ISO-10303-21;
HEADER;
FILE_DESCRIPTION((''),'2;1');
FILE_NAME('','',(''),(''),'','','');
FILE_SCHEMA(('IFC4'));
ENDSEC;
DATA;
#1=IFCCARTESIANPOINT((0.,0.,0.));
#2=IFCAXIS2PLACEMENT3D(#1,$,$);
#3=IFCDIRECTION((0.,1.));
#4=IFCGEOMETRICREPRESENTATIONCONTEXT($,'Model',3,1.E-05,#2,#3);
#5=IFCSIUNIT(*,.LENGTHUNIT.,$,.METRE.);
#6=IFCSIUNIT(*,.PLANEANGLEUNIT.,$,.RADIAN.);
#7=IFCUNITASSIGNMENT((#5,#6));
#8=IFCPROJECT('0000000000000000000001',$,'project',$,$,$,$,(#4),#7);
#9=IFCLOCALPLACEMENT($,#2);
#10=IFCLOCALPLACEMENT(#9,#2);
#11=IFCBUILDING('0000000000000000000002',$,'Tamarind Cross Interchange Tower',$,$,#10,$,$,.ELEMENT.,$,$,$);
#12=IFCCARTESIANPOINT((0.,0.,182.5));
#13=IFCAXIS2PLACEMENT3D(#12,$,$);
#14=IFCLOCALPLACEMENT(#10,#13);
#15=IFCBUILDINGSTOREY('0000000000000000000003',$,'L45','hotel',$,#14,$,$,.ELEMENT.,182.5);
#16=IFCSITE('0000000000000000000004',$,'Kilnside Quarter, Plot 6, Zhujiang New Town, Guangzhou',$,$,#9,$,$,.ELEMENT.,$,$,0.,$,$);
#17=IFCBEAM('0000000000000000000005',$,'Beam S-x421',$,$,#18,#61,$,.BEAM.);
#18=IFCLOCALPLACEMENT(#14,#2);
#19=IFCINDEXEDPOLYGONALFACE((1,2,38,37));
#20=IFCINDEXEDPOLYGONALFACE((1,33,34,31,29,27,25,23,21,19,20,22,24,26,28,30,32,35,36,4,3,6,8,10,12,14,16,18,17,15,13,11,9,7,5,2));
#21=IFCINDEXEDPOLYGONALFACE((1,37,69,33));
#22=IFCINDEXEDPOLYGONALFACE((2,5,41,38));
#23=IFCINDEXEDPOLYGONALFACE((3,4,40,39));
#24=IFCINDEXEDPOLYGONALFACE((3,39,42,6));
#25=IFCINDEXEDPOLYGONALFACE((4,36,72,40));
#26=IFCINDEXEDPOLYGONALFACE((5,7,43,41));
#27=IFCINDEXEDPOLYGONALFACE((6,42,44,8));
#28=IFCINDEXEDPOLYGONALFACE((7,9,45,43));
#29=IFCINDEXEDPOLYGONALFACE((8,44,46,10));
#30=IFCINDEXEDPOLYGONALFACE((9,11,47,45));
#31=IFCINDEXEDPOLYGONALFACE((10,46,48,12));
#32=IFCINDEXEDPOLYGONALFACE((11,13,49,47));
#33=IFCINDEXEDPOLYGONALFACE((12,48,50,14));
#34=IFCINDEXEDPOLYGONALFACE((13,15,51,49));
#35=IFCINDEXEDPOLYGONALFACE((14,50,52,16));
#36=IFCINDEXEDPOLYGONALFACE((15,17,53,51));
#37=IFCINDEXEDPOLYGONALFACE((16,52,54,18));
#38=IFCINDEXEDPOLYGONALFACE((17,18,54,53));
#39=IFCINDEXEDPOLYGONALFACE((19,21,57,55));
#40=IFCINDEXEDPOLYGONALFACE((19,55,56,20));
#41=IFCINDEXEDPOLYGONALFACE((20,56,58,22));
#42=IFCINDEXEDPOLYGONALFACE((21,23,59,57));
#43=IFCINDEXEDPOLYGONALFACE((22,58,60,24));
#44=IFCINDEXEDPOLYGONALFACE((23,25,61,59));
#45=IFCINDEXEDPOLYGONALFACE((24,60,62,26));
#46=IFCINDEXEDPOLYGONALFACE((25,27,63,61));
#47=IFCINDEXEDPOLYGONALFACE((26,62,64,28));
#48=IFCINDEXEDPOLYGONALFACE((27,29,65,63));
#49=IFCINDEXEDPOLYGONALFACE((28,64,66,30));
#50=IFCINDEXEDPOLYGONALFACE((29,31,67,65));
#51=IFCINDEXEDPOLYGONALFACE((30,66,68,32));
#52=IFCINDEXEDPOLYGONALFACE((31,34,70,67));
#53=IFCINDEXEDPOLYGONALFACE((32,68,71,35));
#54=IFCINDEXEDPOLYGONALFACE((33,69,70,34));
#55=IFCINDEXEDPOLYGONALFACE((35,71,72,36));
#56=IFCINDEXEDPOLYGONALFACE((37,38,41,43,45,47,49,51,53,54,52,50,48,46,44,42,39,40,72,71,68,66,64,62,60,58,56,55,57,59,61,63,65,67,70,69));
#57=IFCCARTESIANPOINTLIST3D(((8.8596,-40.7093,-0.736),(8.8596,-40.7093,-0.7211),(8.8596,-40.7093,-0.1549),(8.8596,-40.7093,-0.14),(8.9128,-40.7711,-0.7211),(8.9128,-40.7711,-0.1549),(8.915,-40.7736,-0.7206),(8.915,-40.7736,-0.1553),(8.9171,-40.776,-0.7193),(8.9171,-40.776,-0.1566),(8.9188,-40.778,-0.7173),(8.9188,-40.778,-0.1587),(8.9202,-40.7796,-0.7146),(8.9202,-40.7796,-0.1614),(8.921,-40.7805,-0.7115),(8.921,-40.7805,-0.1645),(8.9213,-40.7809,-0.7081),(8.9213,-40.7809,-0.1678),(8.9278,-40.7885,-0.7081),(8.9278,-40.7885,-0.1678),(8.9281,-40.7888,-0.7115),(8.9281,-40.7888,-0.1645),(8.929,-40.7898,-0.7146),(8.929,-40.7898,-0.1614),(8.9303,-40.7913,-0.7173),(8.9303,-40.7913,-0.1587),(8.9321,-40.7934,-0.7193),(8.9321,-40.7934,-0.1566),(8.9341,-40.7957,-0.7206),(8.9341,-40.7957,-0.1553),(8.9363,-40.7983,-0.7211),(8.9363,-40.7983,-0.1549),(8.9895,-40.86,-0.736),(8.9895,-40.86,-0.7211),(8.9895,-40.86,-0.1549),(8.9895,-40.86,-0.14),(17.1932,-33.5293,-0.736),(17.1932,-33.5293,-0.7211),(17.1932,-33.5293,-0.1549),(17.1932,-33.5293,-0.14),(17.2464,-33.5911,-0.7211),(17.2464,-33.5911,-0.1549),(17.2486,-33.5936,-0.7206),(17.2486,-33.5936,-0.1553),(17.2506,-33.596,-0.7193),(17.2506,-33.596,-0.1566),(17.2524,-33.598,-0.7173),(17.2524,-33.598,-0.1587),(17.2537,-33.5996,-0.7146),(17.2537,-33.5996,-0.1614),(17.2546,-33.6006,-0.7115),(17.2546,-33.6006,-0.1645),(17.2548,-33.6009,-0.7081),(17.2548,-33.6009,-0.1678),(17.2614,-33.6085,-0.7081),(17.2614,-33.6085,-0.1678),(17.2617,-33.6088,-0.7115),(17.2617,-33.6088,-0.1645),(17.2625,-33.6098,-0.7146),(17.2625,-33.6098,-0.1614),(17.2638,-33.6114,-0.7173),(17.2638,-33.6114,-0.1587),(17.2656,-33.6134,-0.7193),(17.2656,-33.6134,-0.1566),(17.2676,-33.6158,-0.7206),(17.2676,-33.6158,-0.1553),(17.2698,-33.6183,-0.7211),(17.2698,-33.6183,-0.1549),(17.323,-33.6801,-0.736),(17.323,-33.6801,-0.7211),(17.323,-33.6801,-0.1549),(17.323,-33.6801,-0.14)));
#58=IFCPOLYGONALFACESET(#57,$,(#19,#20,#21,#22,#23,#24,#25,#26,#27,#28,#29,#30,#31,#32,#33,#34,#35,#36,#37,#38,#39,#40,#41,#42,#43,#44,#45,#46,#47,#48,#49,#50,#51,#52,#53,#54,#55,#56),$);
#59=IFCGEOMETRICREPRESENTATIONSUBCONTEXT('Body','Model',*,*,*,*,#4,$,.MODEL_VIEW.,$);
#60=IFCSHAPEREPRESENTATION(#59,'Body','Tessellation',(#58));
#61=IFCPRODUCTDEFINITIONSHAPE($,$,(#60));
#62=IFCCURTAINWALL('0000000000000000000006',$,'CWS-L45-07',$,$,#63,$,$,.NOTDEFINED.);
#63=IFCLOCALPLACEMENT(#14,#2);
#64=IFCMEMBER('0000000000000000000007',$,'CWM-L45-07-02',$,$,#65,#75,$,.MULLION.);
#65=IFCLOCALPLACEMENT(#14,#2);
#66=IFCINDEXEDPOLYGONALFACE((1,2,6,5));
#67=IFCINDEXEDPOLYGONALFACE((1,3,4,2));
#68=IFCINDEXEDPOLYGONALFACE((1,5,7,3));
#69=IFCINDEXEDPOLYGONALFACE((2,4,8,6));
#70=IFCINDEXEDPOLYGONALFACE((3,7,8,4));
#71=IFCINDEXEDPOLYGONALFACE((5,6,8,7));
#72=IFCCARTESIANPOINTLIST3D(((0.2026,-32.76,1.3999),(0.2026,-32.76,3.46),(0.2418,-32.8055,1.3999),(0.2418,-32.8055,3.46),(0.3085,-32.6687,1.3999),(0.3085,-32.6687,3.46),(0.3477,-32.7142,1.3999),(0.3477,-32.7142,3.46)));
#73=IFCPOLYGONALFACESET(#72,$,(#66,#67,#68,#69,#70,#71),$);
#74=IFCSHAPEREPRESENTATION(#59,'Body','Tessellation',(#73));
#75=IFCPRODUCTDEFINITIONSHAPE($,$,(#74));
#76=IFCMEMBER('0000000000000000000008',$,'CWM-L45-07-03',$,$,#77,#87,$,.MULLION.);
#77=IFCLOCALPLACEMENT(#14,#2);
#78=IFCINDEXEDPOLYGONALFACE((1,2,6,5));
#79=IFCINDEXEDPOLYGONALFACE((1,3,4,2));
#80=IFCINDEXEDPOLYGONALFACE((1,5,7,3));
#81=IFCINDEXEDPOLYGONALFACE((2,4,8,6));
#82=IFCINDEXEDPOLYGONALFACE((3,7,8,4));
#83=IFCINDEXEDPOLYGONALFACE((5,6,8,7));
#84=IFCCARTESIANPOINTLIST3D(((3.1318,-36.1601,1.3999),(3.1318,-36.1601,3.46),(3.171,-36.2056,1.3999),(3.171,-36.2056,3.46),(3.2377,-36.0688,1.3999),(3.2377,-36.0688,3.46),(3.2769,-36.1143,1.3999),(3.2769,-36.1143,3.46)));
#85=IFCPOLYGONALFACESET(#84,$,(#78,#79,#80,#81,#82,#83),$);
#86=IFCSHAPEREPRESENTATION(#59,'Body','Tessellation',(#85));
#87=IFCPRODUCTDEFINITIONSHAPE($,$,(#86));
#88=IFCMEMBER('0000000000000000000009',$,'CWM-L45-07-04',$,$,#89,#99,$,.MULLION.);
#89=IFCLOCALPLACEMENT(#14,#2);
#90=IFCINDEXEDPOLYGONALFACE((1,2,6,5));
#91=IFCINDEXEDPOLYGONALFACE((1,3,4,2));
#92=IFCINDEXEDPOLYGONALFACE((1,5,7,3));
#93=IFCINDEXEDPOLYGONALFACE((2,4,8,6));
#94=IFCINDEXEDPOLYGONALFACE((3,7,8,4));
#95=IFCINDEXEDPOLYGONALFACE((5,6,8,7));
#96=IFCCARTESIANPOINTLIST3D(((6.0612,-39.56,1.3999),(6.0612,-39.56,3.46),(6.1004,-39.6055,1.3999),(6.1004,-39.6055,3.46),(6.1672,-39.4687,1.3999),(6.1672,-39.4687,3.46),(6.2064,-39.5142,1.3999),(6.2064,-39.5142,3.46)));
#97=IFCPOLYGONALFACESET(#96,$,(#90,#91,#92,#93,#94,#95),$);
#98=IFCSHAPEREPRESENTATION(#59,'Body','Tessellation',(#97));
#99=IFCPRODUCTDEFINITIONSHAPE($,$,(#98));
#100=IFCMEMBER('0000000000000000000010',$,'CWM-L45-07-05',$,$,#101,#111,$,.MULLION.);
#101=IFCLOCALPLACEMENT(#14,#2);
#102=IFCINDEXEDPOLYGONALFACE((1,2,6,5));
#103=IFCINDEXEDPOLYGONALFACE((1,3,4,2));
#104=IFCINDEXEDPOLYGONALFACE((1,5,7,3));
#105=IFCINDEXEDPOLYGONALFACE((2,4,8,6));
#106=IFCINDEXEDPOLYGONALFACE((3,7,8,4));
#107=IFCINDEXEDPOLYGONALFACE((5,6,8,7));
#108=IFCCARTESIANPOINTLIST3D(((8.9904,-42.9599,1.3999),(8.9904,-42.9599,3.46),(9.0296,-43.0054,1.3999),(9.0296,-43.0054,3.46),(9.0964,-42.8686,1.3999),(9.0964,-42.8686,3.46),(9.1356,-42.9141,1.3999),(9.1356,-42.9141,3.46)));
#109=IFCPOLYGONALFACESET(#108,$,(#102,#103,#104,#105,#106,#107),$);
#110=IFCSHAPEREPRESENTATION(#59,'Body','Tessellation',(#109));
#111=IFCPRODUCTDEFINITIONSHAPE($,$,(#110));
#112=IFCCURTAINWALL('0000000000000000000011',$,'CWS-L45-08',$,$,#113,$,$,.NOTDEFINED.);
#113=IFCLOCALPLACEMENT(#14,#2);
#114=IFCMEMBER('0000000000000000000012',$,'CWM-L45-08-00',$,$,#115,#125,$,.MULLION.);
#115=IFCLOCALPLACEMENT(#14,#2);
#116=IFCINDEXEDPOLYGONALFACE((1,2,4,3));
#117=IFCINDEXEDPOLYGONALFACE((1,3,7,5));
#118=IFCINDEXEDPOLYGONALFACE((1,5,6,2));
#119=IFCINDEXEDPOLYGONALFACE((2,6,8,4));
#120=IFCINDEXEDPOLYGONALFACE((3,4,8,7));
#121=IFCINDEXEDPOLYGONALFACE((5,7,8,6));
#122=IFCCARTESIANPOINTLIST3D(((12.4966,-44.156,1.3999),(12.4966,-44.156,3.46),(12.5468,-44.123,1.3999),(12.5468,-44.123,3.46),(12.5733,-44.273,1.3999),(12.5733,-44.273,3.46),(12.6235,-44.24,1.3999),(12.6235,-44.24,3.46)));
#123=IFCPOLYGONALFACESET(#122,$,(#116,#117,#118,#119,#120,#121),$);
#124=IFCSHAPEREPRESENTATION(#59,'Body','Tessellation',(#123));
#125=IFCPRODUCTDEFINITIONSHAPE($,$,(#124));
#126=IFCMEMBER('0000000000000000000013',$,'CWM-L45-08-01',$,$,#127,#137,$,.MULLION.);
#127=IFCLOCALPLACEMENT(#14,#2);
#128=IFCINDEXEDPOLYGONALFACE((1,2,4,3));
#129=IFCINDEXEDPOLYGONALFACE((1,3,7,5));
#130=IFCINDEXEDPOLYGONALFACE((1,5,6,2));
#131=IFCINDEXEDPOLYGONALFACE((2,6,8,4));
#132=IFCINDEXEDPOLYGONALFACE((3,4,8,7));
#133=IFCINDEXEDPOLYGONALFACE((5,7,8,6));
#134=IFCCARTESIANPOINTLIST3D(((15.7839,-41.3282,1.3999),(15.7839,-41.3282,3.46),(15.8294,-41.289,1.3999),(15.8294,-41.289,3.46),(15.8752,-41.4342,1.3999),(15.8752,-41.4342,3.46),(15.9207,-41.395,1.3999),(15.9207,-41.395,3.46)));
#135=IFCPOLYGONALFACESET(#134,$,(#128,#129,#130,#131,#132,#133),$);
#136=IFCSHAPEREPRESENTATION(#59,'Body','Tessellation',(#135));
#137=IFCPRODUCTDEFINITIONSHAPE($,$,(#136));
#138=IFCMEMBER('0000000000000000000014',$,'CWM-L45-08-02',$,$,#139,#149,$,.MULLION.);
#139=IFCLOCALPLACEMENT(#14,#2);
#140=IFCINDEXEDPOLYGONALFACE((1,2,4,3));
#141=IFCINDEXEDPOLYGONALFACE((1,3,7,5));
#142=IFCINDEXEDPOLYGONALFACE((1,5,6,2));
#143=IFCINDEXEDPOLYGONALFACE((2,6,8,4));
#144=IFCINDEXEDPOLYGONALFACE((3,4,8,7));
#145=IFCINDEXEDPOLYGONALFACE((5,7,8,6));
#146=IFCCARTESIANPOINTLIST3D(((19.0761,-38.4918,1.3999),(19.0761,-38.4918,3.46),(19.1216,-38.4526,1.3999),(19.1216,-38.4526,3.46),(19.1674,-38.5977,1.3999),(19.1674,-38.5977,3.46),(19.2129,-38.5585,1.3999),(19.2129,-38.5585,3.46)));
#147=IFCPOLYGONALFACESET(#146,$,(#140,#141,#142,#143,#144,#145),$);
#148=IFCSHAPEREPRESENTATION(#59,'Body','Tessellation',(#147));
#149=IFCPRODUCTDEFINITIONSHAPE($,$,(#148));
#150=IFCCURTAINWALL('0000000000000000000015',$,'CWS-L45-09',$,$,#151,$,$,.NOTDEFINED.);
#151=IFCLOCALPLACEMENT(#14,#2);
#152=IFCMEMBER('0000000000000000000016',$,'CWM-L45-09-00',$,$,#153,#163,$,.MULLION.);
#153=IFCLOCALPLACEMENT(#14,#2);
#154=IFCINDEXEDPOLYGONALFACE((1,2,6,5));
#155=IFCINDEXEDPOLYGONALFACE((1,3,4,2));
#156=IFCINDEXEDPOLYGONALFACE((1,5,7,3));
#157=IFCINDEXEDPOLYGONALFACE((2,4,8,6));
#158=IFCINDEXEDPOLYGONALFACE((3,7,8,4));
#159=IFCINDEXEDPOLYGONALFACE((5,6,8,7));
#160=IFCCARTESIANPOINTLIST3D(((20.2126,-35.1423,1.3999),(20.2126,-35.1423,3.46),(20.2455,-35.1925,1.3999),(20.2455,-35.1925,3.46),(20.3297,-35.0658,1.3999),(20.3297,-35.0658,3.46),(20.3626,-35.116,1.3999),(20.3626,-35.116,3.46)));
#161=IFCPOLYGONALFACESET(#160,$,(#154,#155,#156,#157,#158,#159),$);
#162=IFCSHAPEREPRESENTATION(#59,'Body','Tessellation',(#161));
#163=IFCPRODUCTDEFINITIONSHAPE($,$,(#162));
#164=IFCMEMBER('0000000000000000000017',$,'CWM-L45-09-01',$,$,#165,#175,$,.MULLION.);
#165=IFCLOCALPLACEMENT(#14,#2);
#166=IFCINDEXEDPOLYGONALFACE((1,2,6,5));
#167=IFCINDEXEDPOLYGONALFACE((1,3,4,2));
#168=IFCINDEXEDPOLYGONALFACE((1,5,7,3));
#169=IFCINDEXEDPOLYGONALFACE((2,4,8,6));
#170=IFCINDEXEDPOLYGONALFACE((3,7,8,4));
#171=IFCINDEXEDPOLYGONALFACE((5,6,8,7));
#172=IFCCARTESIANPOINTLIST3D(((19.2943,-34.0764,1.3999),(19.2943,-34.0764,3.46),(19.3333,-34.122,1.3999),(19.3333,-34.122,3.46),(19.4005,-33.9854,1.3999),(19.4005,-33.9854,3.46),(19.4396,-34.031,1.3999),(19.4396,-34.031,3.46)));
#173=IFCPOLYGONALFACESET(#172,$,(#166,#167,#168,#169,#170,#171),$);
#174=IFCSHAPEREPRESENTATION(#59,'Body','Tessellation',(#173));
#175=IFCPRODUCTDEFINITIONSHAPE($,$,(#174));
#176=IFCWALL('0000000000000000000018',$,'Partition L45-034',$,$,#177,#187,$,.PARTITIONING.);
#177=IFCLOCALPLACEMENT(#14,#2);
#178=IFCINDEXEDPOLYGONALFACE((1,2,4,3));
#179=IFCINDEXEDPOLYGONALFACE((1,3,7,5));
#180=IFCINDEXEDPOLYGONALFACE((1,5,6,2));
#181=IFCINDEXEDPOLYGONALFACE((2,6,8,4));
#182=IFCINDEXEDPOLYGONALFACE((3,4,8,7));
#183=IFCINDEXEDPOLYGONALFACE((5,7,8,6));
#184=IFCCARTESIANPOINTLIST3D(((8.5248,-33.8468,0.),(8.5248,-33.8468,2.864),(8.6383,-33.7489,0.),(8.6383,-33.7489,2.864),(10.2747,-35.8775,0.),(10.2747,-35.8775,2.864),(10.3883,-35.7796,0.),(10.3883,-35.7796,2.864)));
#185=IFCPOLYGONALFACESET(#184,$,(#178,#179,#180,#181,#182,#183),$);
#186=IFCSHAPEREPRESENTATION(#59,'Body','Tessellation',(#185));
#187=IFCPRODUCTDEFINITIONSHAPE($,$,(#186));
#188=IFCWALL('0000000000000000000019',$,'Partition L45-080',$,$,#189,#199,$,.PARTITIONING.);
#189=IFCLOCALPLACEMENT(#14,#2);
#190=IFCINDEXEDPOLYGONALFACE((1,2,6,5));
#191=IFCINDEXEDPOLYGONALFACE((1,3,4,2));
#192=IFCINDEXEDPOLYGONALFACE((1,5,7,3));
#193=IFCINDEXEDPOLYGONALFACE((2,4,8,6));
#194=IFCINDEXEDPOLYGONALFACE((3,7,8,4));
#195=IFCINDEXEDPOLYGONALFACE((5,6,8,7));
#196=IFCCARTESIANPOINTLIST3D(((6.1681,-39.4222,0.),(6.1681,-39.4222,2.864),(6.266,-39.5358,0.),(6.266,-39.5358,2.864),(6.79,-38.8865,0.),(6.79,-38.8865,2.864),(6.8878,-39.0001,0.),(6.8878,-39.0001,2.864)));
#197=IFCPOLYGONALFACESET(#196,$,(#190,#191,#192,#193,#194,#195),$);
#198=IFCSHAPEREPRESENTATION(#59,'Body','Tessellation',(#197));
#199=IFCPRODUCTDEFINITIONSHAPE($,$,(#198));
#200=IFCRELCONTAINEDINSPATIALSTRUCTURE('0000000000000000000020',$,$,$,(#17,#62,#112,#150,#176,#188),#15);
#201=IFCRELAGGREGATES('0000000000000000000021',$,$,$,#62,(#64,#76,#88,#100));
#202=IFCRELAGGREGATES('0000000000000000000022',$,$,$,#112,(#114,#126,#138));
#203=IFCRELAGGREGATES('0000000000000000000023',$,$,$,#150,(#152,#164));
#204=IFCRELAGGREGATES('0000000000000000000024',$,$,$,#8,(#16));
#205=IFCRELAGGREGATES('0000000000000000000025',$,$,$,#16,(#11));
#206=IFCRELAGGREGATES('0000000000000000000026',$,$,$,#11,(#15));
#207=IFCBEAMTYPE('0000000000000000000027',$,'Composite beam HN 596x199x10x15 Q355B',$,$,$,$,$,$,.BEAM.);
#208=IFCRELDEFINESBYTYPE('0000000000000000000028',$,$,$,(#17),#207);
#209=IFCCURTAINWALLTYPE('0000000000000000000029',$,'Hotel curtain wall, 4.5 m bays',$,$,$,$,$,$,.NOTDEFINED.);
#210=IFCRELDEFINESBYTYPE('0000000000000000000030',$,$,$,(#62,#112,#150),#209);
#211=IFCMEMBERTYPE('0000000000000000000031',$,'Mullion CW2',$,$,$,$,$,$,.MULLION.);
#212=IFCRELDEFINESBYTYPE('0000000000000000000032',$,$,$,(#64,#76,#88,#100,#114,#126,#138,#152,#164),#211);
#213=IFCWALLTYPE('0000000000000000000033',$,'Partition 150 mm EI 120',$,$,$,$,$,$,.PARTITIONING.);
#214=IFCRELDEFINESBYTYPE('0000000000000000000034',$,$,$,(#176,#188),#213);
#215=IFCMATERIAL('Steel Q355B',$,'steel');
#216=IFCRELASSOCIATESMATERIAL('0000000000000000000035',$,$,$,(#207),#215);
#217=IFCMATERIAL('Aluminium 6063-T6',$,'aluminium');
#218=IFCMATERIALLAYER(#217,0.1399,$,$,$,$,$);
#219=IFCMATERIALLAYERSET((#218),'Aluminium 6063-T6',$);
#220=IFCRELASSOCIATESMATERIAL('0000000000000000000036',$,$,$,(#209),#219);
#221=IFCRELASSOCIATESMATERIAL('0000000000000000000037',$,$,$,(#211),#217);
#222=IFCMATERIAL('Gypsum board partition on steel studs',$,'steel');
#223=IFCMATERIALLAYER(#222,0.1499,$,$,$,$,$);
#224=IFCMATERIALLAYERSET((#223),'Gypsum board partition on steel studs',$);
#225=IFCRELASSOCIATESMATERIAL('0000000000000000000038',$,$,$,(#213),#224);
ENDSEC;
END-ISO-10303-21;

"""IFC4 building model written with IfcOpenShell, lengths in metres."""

from ifc_helpers import new_model, si_unit, direction, frame, frame_2d, origin, origin_2d, place, context, subcontext, project, spatial, rectangle, i_section, extrude, material, layer, layer_set, material_profile, profile_set, type_object, element, aggregate, save


model = new_model("IFC4")

# Units and contexts
model_context = context("Model", 3, precision=1e-05, world=origin(), true_north=direction((0.0, 1.0)))
body_context = subcontext(model_context, "Body", "Model", "MODEL_VIEW")
ifc_project = project(units=[si_unit("LENGTHUNIT", "METRE"), si_unit("PLANEANGLEUNIT", "RADIAN")], contexts=[model_context])

# Site, building, storey
site_placement = place(None, origin())
site = spatial("IfcSite", under=ifc_project, at=site_placement, Name="Kilnside Quarter, Plot 6, Zhujiang New Town, Guangzhou", CompositionType="ELEMENT", RefElevation=0.0)
building_placement = place(site_placement, origin())
building = spatial("IfcBuilding", under=site, at=building_placement, Name="Tamarind Cross Interchange Tower", CompositionType="ELEMENT")
storey_placement = place(building_placement, frame((0.0, 0.0, 182.5)))
storey = spatial("IfcBuildingStorey", under=building, at=storey_placement, Name="L45", Description="hotel", CompositionType="ELEMENT", Elevation=182.5)

# Beam
ifc_material_1 = material(Name="Steel Q355B", Category="steel")
ifc_material_profile_1 = material_profile(ifc_material_1, i_section(OverallWidth=0.199, OverallDepth=0.5959, WebThickness=0.01, FlangeThickness=0.0149, FilletRadius=0.0129, at=origin_2d()), Name="HN 596x199x10x15")
ifc_profile_set_1 = profile_set([ifc_material_profile_1], Name="Steel Q355B")
beam_type_1 = type_object("IfcBeamType", Name="Composite beam HN 596x199x10x15 Q355B", PredefinedType="BEAM", material=ifc_profile_set_1)
for number, where, z_axis, x_axis, name in (
    (1, (8.9246, -40.7847, -0.438), (0.757595, 0.652725, 0.0), (-0.652725, 0.757595, 0.0), "Beam S-x421"),
):
    element("IfcBeam", number, at=place(storey_placement, frame(where, z_axis=z_axis, x_axis=x_axis)), inside=storey, type_object=beam_type_1, Name=name, PredefinedType="BEAM", context=body_context, shape_type="SweptSolid", body=[
        extrude(i_section(OverallWidth=0.199, OverallDepth=0.5959, WebThickness=0.01, FlangeThickness=0.0149, FilletRadius=0.0129, at=origin_2d()), origin(), (0.0, 0.0, 1.0), 11.0),
    ])

# Curtain walls, members
ifc_material_2 = material(Name="Aluminium 6063-T6", Category="aluminium")
ifc_layer_1 = layer(ifc_material_2, 0.1399)
ifc_layer_set_1 = layer_set([ifc_layer_1], Name="Aluminium 6063-T6")
curtain_wall_type = type_object("IfcCurtainWallType", Name="Hotel curtain wall, 4.5 m bays", PredefinedType="NOTDEFINED", material=ifc_layer_set_1)
curtain_wall_1_placement = place(storey_placement, origin())
curtain_wall_1 = element("IfcCurtainWall", 2, at=curtain_wall_1_placement, inside=storey, type_object=curtain_wall_type, Name="CWS-L45-07", PredefinedType="NOTDEFINED")
ifc_material_profile_2 = material_profile(ifc_material_2, rectangle(XDim=0.0601, YDim=0.1399, at=origin_2d()), Name="Mullion CW2")
ifc_profile_set_2 = profile_set([ifc_material_profile_2], Name="Aluminium 6063-T6")
member_type = type_object("IfcMemberType", Name="Mullion CW2", PredefinedType="MULLION", material=ifc_profile_set_2)
member_1_placement = place(storey_placement, frame((0.2751, -32.7371, 1.3999), z_axis=(0.0, 0.0, 1.0), x_axis=(0.652723, -0.757597, 0.0)))
member_1 = element("IfcMember", 3, at=member_1_placement, type_object=member_type, Name="CWM-L45-07-02", PredefinedType="MULLION", context=body_context, shape_type="SweptSolid", body=[
    extrude(rectangle(XDim=0.0601, YDim=0.1399, at=origin_2d()), origin(), (0.0, 0.0, 1.0), 2.0601),
])
member_2_placement = place(storey_placement, frame((3.2043, -36.1372, 1.3999), z_axis=(0.0, 0.0, 1.0), x_axis=(0.652723, -0.757597, 0.0)))
member_2 = element("IfcMember", 4, at=member_2_placement, type_object=member_type, Name="CWM-L45-07-03", PredefinedType="MULLION", context=body_context, shape_type="SweptSolid", body=[
    extrude(rectangle(XDim=0.0601, YDim=0.1399, at=origin_2d()), origin(), (0.0, 0.0, 1.0), 2.0601),
])
member_3_placement = place(storey_placement, frame((6.1338, -39.5371, 1.3999), z_axis=(0.0, 0.0, 1.0), x_axis=(0.652723, -0.757597, 0.0)))
member_3 = element("IfcMember", 5, at=member_3_placement, type_object=member_type, Name="CWM-L45-07-04", PredefinedType="MULLION", context=body_context, shape_type="SweptSolid", body=[
    extrude(rectangle(XDim=0.0601, YDim=0.1399, at=origin_2d()), origin(), (0.0, 0.0, 1.0), 2.0601),
])
member_4_placement = place(storey_placement, frame((9.063, -42.937, 1.3999), z_axis=(0.0, 0.0, 1.0), x_axis=(0.652723, -0.757597, 0.0)))
member_4 = element("IfcMember", 6, at=member_4_placement, type_object=member_type, Name="CWM-L45-07-05", PredefinedType="MULLION", context=body_context, shape_type="SweptSolid", body=[
    extrude(rectangle(XDim=0.0601, YDim=0.1399, at=origin_2d()), origin(), (0.0, 0.0, 1.0), 2.0601),
])
aggregate(curtain_wall_1, [member_1, member_2, member_3, member_4])
curtain_wall_2_placement = place(storey_placement, origin())
curtain_wall_2 = element("IfcCurtainWall", 7, at=curtain_wall_2_placement, inside=storey, type_object=curtain_wall_type, Name="CWS-L45-08", PredefinedType="NOTDEFINED")
member_5_placement = place(storey_placement, frame((12.5601, -44.198, 1.3999), z_axis=(0.0, 0.0, 1.0), x_axis=(0.836313, 0.548252, 0.0)))
member_5 = element("IfcMember", 8, at=member_5_placement, type_object=member_type, Name="CWM-L45-08-00", PredefinedType="MULLION", context=body_context, shape_type="SweptSolid", body=[
    extrude(rectangle(XDim=0.0601, YDim=0.1399, at=origin_2d()), origin(), (0.0, 0.0, 1.0), 2.0601),
])
member_6_placement = place(storey_placement, frame((15.8523, -41.3616, 1.3999), z_axis=(0.0, 0.0, 1.0), x_axis=(0.757597, 0.652723, 0.0)))
member_6 = element("IfcMember", 9, at=member_6_placement, type_object=member_type, Name="CWM-L45-08-01", PredefinedType="MULLION", context=body_context, shape_type="SweptSolid", body=[
    extrude(rectangle(XDim=0.0601, YDim=0.1399, at=origin_2d()), origin(), (0.0, 0.0, 1.0), 2.0601),
])
member_7_placement = place(storey_placement, frame((19.1445, -38.5251, 1.3999), z_axis=(0.0, 0.0, 1.0), x_axis=(0.757597, 0.652723, 0.0)))
member_7 = element("IfcMember", 10, at=member_7_placement, type_object=member_type, Name="CWM-L45-08-02", PredefinedType="MULLION", context=body_context, shape_type="SweptSolid", body=[
    extrude(rectangle(XDim=0.0601, YDim=0.1399, at=origin_2d()), origin(), (0.0, 0.0, 1.0), 2.0601),
])
aggregate(curtain_wall_2, [member_5, member_6, member_7])
curtain_wall_3_placement = place(storey_placement, origin())
curtain_wall_3 = element("IfcCurtainWall", 11, at=curtain_wall_3_placement, inside=storey, type_object=curtain_wall_type, Name="CWS-L45-09", PredefinedType="NOTDEFINED")
member_8_placement = place(storey_placement, frame((20.2876, -35.1292, 1.3999), z_axis=(0.0, 0.0, 1.0), x_axis=(-0.546948, 0.837166, 0.0)))
member_8 = element("IfcMember", 12, at=member_8_placement, type_object=member_type, Name="CWM-L45-09-00", PredefinedType="MULLION", context=body_context, shape_type="SweptSolid", body=[
    extrude(rectangle(XDim=0.0601, YDim=0.1399, at=origin_2d()), origin(), (0.0, 0.0, 1.0), 2.0601),
])
member_9_placement = place(storey_placement, frame((19.3669, -34.0537, 1.3999), z_axis=(0.0, 0.0, 1.0), x_axis=(-0.650358, 0.759628, 0.0)))
member_9 = element("IfcMember", 13, at=member_9_placement, type_object=member_type, Name="CWM-L45-09-01", PredefinedType="MULLION", context=body_context, shape_type="SweptSolid", body=[
    extrude(rectangle(XDim=0.0601, YDim=0.1399, at=origin_2d()), origin(), (0.0, 0.0, 1.0), 2.0601),
])
aggregate(curtain_wall_3, [member_8, member_9])

# Walls
ifc_material_3 = material(Name="Gypsum board partition on steel studs", Category="steel")
ifc_layer_2 = layer(ifc_material_3, 0.1499)
ifc_layer_set_2 = layer_set([ifc_layer_2], Name="Gypsum board partition on steel studs")
wall_type = type_object("IfcWallType", Name="Partition 150 mm EI 120", PredefinedType="PARTITIONING", material=ifc_layer_set_2)
wall_1_placement = place(storey_placement, frame((8.5815, -33.7979, 0.0), z_axis=(0.0, 0.0, 1.0), x_axis=(0.652799, -0.757531, 0.0)))
element("IfcWall", 14, at=wall_1_placement, inside=storey, type_object=wall_type, Name="Partition L45-034", PredefinedType="PARTITIONING", context=body_context, shape_type="SweptSolid", body=[
    extrude(rectangle(XDim=2.6807, YDim=0.1499, at=frame_2d((1.3403, 0.0))), origin(), (0.0, 0.0, 1.0), 2.864),
])
wall_2_placement = place(storey_placement, frame((6.217, -39.479, 0.0), z_axis=(0.0, 0.0, 1.0), x_axis=(0.757658, 0.652651, 0.0)))
element("IfcWall", 15, at=wall_2_placement, inside=storey, type_object=wall_type, Name="Partition L45-080", PredefinedType="PARTITIONING", context=body_context, shape_type="SweptSolid", body=[
    extrude(rectangle(XDim=0.8208, YDim=0.1499, at=frame_2d((0.4104, 0.0))), origin(), (0.0, 0.0, 1.0), 2.864),
])

save(model, "model.ifc")
